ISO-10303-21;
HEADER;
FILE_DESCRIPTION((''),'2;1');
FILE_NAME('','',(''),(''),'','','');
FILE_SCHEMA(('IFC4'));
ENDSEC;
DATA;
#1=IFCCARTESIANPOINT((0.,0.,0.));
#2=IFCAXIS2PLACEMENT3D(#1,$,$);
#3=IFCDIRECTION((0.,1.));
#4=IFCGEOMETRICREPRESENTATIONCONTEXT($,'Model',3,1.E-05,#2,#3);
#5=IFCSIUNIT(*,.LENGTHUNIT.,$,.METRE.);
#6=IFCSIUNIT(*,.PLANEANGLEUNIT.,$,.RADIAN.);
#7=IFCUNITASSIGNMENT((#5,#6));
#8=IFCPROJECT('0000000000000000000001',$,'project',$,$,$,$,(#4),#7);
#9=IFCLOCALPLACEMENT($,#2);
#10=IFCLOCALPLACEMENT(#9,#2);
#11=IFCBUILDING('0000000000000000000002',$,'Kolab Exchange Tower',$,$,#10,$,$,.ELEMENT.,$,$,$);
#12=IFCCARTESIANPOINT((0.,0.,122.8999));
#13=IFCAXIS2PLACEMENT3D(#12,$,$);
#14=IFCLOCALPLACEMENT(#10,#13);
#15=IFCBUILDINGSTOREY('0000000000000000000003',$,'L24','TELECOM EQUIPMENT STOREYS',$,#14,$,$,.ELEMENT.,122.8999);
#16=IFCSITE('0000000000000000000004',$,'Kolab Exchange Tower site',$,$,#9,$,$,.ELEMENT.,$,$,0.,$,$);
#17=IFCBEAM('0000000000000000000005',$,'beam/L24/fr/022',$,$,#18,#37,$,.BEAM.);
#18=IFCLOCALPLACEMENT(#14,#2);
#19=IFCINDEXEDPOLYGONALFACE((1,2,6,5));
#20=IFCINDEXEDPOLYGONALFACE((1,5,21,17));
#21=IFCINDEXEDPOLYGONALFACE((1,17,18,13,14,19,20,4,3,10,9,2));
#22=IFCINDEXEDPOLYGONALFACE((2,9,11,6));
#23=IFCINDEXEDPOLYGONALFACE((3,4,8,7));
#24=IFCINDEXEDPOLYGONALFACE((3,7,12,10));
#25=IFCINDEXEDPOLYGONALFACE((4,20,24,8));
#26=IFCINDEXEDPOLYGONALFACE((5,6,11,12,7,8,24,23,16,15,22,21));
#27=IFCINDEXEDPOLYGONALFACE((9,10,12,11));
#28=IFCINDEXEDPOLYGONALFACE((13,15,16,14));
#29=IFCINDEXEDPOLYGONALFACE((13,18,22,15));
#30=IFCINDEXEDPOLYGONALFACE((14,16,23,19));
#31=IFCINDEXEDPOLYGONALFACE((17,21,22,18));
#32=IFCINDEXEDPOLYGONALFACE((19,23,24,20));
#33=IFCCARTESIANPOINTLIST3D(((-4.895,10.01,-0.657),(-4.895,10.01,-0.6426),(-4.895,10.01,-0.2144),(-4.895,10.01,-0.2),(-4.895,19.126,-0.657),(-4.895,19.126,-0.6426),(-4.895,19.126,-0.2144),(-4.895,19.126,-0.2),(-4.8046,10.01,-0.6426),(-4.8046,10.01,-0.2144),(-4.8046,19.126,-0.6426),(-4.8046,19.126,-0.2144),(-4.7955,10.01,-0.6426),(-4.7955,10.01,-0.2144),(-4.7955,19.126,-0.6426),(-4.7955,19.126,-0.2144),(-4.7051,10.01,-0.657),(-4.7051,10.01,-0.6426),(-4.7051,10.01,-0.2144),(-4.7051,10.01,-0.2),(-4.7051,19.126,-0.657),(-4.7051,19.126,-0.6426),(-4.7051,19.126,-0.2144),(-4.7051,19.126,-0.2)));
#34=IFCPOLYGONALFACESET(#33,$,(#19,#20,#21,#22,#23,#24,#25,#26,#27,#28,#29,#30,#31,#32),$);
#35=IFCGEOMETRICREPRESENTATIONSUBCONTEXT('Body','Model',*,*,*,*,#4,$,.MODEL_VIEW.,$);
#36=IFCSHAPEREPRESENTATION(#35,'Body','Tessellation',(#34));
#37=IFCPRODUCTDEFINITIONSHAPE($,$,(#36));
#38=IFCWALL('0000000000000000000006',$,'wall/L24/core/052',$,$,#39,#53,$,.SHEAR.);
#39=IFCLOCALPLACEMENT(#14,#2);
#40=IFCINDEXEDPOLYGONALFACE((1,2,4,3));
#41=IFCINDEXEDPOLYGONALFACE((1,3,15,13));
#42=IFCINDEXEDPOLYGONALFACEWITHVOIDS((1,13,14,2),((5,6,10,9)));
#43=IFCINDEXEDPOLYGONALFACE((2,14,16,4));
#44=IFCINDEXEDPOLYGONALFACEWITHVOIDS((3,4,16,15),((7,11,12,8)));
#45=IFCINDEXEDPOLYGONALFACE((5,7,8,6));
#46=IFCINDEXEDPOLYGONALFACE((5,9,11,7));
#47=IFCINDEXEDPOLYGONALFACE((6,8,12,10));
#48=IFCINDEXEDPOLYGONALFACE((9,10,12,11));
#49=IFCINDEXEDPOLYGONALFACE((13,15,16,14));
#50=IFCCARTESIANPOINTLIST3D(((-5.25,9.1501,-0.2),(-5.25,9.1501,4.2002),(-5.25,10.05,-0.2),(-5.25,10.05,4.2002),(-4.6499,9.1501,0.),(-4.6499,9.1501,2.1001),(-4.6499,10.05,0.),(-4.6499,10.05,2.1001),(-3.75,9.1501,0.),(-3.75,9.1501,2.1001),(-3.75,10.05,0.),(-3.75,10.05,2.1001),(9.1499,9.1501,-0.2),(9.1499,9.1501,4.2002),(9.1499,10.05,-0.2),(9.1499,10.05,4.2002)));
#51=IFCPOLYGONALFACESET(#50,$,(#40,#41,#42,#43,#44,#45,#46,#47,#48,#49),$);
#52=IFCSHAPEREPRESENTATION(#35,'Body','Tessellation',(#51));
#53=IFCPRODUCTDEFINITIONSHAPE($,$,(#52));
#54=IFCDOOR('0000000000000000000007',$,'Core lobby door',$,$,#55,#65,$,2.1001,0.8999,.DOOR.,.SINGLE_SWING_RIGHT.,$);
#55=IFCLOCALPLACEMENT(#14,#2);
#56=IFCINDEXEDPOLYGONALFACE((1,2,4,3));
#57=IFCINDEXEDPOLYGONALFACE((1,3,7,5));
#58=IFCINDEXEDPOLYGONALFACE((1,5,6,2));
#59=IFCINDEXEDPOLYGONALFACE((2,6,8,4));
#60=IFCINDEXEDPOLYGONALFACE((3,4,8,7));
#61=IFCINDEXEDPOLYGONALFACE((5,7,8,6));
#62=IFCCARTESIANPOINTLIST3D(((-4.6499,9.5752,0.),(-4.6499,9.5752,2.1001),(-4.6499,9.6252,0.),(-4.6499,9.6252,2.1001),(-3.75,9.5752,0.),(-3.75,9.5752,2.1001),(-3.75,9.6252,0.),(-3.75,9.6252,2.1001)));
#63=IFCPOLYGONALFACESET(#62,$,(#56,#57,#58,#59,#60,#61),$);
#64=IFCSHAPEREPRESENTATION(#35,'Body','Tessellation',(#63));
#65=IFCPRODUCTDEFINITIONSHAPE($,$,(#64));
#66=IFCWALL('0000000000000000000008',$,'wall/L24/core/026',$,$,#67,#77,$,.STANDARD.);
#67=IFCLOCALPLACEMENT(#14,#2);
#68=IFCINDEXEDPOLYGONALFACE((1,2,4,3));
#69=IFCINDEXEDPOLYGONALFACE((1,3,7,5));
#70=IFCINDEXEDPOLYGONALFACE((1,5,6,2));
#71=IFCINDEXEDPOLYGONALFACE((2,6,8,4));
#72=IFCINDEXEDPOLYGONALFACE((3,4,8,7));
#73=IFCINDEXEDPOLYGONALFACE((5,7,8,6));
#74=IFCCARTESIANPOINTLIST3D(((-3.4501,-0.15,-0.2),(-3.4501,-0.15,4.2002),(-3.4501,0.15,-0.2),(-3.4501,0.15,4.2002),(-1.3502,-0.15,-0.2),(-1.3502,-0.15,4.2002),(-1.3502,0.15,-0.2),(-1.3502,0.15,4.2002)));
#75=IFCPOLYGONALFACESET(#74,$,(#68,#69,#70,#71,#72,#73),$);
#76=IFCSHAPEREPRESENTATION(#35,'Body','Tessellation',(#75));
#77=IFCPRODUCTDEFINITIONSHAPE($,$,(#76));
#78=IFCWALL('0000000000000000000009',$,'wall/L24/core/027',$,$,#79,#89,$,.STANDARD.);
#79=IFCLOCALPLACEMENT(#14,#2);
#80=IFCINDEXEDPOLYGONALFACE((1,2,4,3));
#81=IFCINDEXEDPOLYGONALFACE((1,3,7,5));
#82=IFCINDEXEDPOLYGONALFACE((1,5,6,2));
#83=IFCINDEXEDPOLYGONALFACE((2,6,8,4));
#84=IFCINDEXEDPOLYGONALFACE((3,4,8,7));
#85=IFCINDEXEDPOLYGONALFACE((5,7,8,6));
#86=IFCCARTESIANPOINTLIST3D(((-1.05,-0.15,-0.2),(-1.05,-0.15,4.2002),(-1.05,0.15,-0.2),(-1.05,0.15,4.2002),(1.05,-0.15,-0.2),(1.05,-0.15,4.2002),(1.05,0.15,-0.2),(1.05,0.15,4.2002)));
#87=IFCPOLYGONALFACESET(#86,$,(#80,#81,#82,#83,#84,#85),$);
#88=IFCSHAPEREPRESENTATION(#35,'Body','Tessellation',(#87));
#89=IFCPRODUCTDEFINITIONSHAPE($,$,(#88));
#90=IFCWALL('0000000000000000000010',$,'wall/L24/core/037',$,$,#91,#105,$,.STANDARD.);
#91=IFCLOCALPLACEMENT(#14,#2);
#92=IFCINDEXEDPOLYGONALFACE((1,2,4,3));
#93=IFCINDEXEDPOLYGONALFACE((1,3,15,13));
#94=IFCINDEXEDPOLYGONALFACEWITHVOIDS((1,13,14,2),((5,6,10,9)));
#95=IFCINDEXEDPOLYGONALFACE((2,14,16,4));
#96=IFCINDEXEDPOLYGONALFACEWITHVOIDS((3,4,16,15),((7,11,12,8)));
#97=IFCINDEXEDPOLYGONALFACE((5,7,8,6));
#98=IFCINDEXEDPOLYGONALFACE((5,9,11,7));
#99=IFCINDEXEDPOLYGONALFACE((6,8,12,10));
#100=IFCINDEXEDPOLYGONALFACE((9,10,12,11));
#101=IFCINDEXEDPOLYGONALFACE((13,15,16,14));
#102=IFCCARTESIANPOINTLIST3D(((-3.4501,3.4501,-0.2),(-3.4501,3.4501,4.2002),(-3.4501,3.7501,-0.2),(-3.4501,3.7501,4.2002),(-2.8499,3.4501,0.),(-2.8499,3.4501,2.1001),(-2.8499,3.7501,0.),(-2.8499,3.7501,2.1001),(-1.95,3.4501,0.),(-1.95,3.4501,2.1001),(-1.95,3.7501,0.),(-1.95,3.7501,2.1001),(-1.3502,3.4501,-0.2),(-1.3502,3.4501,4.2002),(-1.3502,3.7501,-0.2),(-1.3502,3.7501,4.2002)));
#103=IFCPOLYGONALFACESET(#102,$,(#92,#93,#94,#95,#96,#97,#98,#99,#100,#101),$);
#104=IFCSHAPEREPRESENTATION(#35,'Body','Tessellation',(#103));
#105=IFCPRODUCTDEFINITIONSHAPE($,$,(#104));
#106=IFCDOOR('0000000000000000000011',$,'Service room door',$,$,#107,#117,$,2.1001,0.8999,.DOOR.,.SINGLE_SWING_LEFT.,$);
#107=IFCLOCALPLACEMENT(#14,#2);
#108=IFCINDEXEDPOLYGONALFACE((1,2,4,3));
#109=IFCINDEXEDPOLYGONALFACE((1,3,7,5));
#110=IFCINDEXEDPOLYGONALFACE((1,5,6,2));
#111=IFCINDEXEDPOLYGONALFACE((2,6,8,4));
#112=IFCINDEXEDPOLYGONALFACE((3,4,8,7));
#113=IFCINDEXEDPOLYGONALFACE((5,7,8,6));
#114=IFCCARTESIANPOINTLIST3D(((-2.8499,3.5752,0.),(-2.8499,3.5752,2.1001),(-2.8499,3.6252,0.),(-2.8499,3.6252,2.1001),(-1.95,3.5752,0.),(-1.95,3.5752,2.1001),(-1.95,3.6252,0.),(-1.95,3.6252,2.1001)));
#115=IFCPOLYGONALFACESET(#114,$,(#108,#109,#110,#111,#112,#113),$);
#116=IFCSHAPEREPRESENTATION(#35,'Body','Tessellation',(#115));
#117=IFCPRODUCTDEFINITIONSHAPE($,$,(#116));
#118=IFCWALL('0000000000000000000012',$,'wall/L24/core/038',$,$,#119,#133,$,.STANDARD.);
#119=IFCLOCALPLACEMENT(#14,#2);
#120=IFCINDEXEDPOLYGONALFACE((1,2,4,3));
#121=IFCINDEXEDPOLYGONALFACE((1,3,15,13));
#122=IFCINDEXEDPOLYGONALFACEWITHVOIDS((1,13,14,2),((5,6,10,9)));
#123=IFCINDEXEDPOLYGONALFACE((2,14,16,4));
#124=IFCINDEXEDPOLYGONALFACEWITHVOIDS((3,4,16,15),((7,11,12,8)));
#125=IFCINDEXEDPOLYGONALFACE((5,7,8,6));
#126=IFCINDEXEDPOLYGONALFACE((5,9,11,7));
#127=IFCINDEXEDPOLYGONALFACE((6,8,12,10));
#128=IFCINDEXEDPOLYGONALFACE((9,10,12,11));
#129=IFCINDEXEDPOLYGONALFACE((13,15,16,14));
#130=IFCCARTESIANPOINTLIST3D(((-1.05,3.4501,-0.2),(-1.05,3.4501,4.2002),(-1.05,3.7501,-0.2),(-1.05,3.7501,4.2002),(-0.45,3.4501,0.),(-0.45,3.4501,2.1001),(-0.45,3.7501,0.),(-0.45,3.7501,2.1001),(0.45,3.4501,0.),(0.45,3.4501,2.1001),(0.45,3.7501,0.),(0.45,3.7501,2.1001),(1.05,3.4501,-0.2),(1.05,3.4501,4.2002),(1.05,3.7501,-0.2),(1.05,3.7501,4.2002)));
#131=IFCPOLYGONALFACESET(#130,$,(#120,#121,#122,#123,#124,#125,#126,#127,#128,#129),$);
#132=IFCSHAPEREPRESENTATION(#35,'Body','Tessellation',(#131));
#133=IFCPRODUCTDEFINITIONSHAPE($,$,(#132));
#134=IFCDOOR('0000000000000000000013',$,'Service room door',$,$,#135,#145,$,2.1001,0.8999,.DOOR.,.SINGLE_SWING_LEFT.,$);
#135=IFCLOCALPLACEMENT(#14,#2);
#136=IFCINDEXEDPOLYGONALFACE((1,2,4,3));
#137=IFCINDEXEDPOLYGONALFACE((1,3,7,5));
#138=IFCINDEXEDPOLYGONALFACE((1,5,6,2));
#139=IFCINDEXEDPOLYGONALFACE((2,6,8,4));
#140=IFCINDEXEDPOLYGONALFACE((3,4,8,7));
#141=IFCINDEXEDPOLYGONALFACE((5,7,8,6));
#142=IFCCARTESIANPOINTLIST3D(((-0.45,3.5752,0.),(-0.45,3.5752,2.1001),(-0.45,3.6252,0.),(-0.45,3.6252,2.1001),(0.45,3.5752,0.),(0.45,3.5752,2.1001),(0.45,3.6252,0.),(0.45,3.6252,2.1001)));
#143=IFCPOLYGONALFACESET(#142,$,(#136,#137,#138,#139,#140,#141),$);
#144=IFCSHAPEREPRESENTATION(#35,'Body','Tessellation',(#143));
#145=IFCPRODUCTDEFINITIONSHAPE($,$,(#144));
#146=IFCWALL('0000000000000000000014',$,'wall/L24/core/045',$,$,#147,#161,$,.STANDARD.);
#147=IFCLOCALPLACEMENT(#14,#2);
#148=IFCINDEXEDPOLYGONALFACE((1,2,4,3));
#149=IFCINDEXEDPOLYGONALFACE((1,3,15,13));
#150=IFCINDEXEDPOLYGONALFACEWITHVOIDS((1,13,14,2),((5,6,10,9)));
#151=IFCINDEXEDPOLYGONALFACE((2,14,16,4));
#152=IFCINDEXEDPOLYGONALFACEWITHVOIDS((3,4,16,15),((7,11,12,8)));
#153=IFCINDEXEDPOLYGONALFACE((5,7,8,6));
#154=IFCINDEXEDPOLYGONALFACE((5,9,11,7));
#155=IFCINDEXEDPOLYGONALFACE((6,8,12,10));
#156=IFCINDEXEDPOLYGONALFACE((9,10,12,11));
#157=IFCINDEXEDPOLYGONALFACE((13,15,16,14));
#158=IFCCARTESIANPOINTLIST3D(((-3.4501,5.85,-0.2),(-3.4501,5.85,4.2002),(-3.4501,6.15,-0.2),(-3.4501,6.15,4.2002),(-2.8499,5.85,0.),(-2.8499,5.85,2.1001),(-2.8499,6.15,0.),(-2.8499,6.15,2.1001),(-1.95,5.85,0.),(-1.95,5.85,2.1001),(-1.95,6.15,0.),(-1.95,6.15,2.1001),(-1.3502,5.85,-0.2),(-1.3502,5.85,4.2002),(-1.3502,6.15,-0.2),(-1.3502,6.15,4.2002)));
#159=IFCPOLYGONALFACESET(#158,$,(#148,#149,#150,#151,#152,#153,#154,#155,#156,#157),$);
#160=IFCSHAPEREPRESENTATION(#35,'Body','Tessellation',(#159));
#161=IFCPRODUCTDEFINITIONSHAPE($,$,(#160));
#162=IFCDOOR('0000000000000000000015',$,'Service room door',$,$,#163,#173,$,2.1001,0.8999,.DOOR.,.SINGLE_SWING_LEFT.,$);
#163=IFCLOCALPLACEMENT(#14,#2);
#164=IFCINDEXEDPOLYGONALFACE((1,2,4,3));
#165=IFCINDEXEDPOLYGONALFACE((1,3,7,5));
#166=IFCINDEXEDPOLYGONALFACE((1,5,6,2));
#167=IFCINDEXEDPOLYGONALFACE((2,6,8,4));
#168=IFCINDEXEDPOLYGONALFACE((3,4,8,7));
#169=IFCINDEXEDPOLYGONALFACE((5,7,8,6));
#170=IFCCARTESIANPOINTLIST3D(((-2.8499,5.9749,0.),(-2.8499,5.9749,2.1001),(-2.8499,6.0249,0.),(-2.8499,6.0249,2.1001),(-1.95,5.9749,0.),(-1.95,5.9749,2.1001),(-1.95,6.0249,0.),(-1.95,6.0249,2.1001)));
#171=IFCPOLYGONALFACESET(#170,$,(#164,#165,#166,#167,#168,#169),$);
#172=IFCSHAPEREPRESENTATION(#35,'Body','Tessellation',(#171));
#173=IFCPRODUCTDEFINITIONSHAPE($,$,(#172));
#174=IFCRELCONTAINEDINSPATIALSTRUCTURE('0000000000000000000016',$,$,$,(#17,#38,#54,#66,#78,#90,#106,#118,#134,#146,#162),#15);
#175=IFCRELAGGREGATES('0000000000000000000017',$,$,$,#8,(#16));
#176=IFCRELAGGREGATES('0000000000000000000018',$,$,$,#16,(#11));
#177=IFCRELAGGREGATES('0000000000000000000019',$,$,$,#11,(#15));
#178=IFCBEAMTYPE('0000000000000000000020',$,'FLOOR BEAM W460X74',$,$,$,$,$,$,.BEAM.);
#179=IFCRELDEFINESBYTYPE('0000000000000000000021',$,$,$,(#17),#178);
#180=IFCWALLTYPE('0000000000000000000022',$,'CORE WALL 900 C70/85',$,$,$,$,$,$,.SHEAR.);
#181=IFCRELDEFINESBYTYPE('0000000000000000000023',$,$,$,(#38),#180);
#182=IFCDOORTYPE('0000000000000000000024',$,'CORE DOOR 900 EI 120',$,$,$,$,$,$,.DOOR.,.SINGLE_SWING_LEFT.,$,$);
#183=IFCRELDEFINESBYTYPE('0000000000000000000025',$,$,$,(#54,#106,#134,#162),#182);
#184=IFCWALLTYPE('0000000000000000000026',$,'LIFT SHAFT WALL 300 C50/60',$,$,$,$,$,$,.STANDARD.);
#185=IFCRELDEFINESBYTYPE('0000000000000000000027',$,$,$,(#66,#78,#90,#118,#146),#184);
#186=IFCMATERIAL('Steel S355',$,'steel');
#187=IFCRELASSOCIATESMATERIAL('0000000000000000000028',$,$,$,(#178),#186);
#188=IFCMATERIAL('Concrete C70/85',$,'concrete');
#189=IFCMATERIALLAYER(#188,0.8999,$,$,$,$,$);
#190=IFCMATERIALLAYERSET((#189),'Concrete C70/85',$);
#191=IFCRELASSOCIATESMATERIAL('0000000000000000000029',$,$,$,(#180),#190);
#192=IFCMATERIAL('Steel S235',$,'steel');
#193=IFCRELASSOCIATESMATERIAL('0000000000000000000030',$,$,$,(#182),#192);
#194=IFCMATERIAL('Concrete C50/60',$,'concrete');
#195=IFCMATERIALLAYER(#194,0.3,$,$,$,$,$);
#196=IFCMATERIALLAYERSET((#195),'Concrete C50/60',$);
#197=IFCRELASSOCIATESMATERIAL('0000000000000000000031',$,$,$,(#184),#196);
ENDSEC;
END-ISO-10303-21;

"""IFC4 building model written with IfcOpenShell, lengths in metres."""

from ifc_helpers import new_model, si_unit, direction, frame, frame_2d, origin, origin_2d, place, context, subcontext, project, spatial, rectangle, i_section, extrude, material, layer, layer_set, material_profile, profile_set, type_object, element, fill, save


model = new_model("IFC4")

# Units and contexts
model_context = context("Model", 3, precision=1e-05, world=origin(), true_north=direction((0.0, 1.0)))
body_context = subcontext(model_context, "Body", "Model", "MODEL_VIEW")
ifc_project = project(units=[si_unit("LENGTHUNIT", "METRE"), si_unit("PLANEANGLEUNIT", "RADIAN")], contexts=[model_context])

# Site, building, storey
site_placement = place(None, origin())
site = spatial("IfcSite", under=ifc_project, at=site_placement, Name="Kolab Exchange Tower site", CompositionType="ELEMENT", RefElevation=0.0)
building_placement = place(site_placement, origin())
building = spatial("IfcBuilding", under=site, at=building_placement, Name="Kolab Exchange Tower", CompositionType="ELEMENT")
storey_placement = place(building_placement, frame((0.0, 0.0, 122.8999)))
storey = spatial("IfcBuildingStorey", under=building, at=storey_placement, Name="L24", Description="TELECOM EQUIPMENT STOREYS", CompositionType="ELEMENT", Elevation=122.8999)

# Beam
ifc_material_1 = material(Name="Steel S355", Category="steel")
ifc_material_profile = material_profile(ifc_material_1, i_section(OverallWidth=0.1899, OverallDepth=0.457, WebThickness=0.009, FlangeThickness=0.0144, at=origin_2d()), Name="W460X74")
ifc_profile_set = profile_set([ifc_material_profile], Name="Steel S355")
beam_type = type_object("IfcBeamType", Name="FLOOR BEAM W460X74", PredefinedType="BEAM", material=ifc_profile_set)
beam_placement = place(storey_placement, frame((-4.8, 10.01, -0.4285), z_axis=(0.0, 1.0, 0.0), x_axis=(-1.0, 0.0, 0.0)))
element("IfcBeam", 1, at=beam_placement, inside=storey, type_object=beam_type, Name="beam/L24/fr/022", PredefinedType="BEAM", context=body_context, shape_type="SweptSolid", body=[
    extrude(i_section(OverallWidth=0.1899, OverallDepth=0.457, WebThickness=0.009, FlangeThickness=0.0144, at=origin_2d()), origin(), (0.0, 0.0, 1.0), 9.116),
])

# Wall, opening, door
ifc_material_2 = material(Name="Concrete C70/85", Category="concrete")
ifc_layer_1 = layer(ifc_material_2, 0.8999)
ifc_layer_set_1 = layer_set([ifc_layer_1], Name="Concrete C70/85")
wall_type_1 = type_object("IfcWallType", Name="CORE WALL 900 C70/85", PredefinedType="SHEAR", material=ifc_layer_set_1)
wall_1_placement = place(storey_placement, frame((-5.25, 9.6001, -0.2), z_axis=(0.0, 0.0, 1.0), x_axis=(1.0, 0.0, 0.0)))
wall_1 = element("IfcWall", 2, at=wall_1_placement, inside=storey, type_object=wall_type_1, Name="wall/L24/core/052", PredefinedType="SHEAR", context=body_context, shape_type="SweptSolid", body=[
    extrude(rectangle(XDim=14.3999, YDim=0.8999, at=frame_2d((7.2, 0.0))), origin(), (0.0, 0.0, 1.0), 4.4001),
])
opening_1_placement = place(wall_1_placement, frame((0.6001, 0.0, 0.2)))
opening_1 = element("IfcOpeningElement", 3, at=opening_1_placement, cuts=wall_1, PredefinedType="OPENING", context=body_context, shape_type="SweptSolid", body=[
    extrude(rectangle(XDim=0.8999, YDim=2.1001, at=frame_2d((0.45, 1.05))), frame((0.0, 0.46, 0.0), z_axis=(0.0, -1.0, 0.0), x_axis=(1.0, 0.0, 0.0)), (0.0, 0.0, 1.0), 0.9199),
])
ifc_material_3 = material(Name="Steel S235", Category="steel")
door_type_1 = type_object("IfcDoorType", Name="CORE DOOR 900 EI 120", OperationType="SINGLE_SWING_LEFT", PredefinedType="DOOR", material=ifc_material_3)
door_1_placement = place(opening_1_placement, frame((0.8999, 0.0, 0.0), z_axis=(0.0, 0.0, 1.0), x_axis=(-1.0, 0.0, 0.0)))
door_1 = element("IfcDoor", 4, at=door_1_placement, inside=storey, type_object=door_type_1, Name="Core lobby door", OperationType="SINGLE_SWING_RIGHT", OverallHeight=2.1001, OverallWidth=0.8999, PredefinedType="DOOR", context=body_context, shape_type="SweptSolid", body=[
    extrude(rectangle(XDim=0.8999, YDim=2.1001, at=frame_2d((0.45, 1.05))), frame((0.0, 0.0249, 0.0), z_axis=(0.0, -1.0, 0.0), x_axis=(1.0, 0.0, 0.0)), (0.0, 0.0, 1.0), 0.05),
])
fill(opening_1, door_1)

# Walls
ifc_material_4 = material(Name="Concrete C50/60", Category="concrete")
ifc_layer_2 = layer(ifc_material_4, 0.3)
ifc_layer_set_2 = layer_set([ifc_layer_2], Name="Concrete C50/60")
wall_type_2 = type_object("IfcWallType", Name="LIFT SHAFT WALL 300 C50/60", PredefinedType="STANDARD", material=ifc_layer_set_2)
wall_2_placement = place(storey_placement, frame((-3.45, 0.0, -0.2), z_axis=(0.0, 0.0, 1.0), x_axis=(1.0, 0.0, 0.0)))
element("IfcWall", 5, at=wall_2_placement, inside=storey, type_object=wall_type_2, Name="wall/L24/core/026", PredefinedType="STANDARD", context=body_context, shape_type="SweptSolid", body=[
    extrude(rectangle(XDim=2.0999, YDim=0.3, at=frame_2d((1.0498, 0.0))), origin(), (0.0, 0.0, 1.0), 4.4001),
])
wall_3_placement = place(storey_placement, frame((-1.05, 0.0, -0.2), z_axis=(0.0, 0.0, 1.0), x_axis=(1.0, 0.0, 0.0)))
element("IfcWall", 6, at=wall_3_placement, inside=storey, type_object=wall_type_2, Name="wall/L24/core/027", PredefinedType="STANDARD", context=body_context, shape_type="SweptSolid", body=[
    extrude(rectangle(XDim=2.1001, YDim=0.3, at=frame_2d((1.05, 0.0))), origin(), (0.0, 0.0, 1.0), 4.4001),
])

# Walls, openings, doors
wall_4_placement = place(storey_placement, frame((-3.45, 3.6001, -0.2), z_axis=(0.0, 0.0, 1.0), x_axis=(1.0, 0.0, 0.0)))
wall_4 = element("IfcWall", 7, at=wall_4_placement, inside=storey, type_object=wall_type_2, Name="wall/L24/core/037", PredefinedType="STANDARD", context=body_context, shape_type="SweptSolid", body=[
    extrude(rectangle(XDim=2.0999, YDim=0.3, at=frame_2d((1.0498, 0.0))), origin(), (0.0, 0.0, 1.0), 4.4001),
])
opening_2_placement = place(wall_4_placement, frame((0.6001, 0.0, 0.2)))
opening_2 = element("IfcOpeningElement", 8, at=opening_2_placement, cuts=wall_4, PredefinedType="OPENING", context=body_context, shape_type="SweptSolid", body=[
    extrude(rectangle(XDim=0.8999, YDim=2.1001, at=frame_2d((0.45, 1.05))), frame((0.0, 0.1602, 0.0), z_axis=(0.0, -1.0, 0.0), x_axis=(1.0, 0.0, 0.0)), (0.0, 0.0, 1.0), 0.3201),
])
door_2_placement = place(opening_2_placement, frame((0.8999, 0.0, 0.0), z_axis=(0.0, 0.0, 1.0), x_axis=(-1.0, 0.0, 0.0)))
door_2 = element("IfcDoor", 9, at=door_2_placement, inside=storey, type_object=door_type_1, Name="Service room door", OperationType="SINGLE_SWING_LEFT", OverallHeight=2.1001, OverallWidth=0.8999, PredefinedType="DOOR", context=body_context, shape_type="SweptSolid", body=[
    extrude(rectangle(XDim=0.8999, YDim=2.1001, at=frame_2d((0.45, 1.05))), frame((0.0, 0.0249, 0.0), z_axis=(0.0, -1.0, 0.0), x_axis=(1.0, 0.0, 0.0)), (0.0, 0.0, 1.0), 0.05),
])
fill(opening_2, door_2)
wall_5_placement = place(storey_placement, frame((-1.05, 3.6001, -0.2), z_axis=(0.0, 0.0, 1.0), x_axis=(1.0, 0.0, 0.0)))
wall_5 = element("IfcWall", 10, at=wall_5_placement, inside=storey, type_object=wall_type_2, Name="wall/L24/core/038", PredefinedType="STANDARD", context=body_context, shape_type="SweptSolid", body=[
    extrude(rectangle(XDim=2.1001, YDim=0.3, at=frame_2d((1.05, 0.0))), origin(), (0.0, 0.0, 1.0), 4.4001),
])
opening_3_placement = place(wall_5_placement, frame((0.6001, 0.0, 0.2)))
opening_3 = element("IfcOpeningElement", 11, at=opening_3_placement, cuts=wall_5, PredefinedType="OPENING", context=body_context, shape_type="SweptSolid", body=[
    extrude(rectangle(XDim=0.8999, YDim=2.1001, at=frame_2d((0.45, 1.05))), frame((0.0, 0.1602, 0.0), z_axis=(0.0, -1.0, 0.0), x_axis=(1.0, 0.0, 0.0)), (0.0, 0.0, 1.0), 0.3201),
])
door_3_placement = place(opening_3_placement, frame((0.8999, 0.0, 0.0), z_axis=(0.0, 0.0, 1.0), x_axis=(-1.0, 0.0, 0.0)))
door_3 = element("IfcDoor", 12, at=door_3_placement, inside=storey, type_object=door_type_1, Name="Service room door", OperationType="SINGLE_SWING_LEFT", OverallHeight=2.1001, OverallWidth=0.8999, PredefinedType="DOOR", context=body_context, shape_type="SweptSolid", body=[
    extrude(rectangle(XDim=0.8999, YDim=2.1001, at=frame_2d((0.45, 1.05))), frame((0.0, 0.0249, 0.0), z_axis=(0.0, -1.0, 0.0), x_axis=(1.0, 0.0, 0.0)), (0.0, 0.0, 1.0), 0.05),
])
fill(opening_3, door_3)
wall_6_placement = place(storey_placement, frame((-3.45, 6.0, -0.2), z_axis=(0.0, 0.0, 1.0), x_axis=(1.0, 0.0, 0.0)))
wall_6 = element("IfcWall", 13, at=wall_6_placement, inside=storey, type_object=wall_type_2, Name="wall/L24/core/045", PredefinedType="STANDARD", context=body_context, shape_type="SweptSolid", body=[
    extrude(rectangle(XDim=2.0999, YDim=0.3, at=frame_2d((1.0498, 0.0))), origin(), (0.0, 0.0, 1.0), 4.4001),
])
opening_4_placement = place(wall_6_placement, frame((0.6001, 0.0, 0.2)))
opening_4 = element("IfcOpeningElement", 14, at=opening_4_placement, cuts=wall_6, PredefinedType="OPENING", context=body_context, shape_type="SweptSolid", body=[
    extrude(rectangle(XDim=0.8999, YDim=2.1001, at=frame_2d((0.45, 1.05))), frame((0.0, 0.1602, 0.0), z_axis=(0.0, -1.0, 0.0), x_axis=(1.0, 0.0, 0.0)), (0.0, 0.0, 1.0), 0.3201),
])
door_4_placement = place(opening_4_placement, origin())
door_4 = element("IfcDoor", 15, at=door_4_placement, inside=storey, type_object=door_type_1, Name="Service room door", OperationType="SINGLE_SWING_LEFT", OverallHeight=2.1001, OverallWidth=0.8999, PredefinedType="DOOR", context=body_context, shape_type="SweptSolid", body=[
    extrude(rectangle(XDim=0.8999, YDim=2.1001, at=frame_2d((0.45, 1.05))), frame((0.0, 0.0249, 0.0), z_axis=(0.0, -1.0, 0.0), x_axis=(1.0, 0.0, 0.0)), (0.0, 0.0, 1.0), 0.05),
])
fill(opening_4, door_4)

save(model, "model.ifc")
